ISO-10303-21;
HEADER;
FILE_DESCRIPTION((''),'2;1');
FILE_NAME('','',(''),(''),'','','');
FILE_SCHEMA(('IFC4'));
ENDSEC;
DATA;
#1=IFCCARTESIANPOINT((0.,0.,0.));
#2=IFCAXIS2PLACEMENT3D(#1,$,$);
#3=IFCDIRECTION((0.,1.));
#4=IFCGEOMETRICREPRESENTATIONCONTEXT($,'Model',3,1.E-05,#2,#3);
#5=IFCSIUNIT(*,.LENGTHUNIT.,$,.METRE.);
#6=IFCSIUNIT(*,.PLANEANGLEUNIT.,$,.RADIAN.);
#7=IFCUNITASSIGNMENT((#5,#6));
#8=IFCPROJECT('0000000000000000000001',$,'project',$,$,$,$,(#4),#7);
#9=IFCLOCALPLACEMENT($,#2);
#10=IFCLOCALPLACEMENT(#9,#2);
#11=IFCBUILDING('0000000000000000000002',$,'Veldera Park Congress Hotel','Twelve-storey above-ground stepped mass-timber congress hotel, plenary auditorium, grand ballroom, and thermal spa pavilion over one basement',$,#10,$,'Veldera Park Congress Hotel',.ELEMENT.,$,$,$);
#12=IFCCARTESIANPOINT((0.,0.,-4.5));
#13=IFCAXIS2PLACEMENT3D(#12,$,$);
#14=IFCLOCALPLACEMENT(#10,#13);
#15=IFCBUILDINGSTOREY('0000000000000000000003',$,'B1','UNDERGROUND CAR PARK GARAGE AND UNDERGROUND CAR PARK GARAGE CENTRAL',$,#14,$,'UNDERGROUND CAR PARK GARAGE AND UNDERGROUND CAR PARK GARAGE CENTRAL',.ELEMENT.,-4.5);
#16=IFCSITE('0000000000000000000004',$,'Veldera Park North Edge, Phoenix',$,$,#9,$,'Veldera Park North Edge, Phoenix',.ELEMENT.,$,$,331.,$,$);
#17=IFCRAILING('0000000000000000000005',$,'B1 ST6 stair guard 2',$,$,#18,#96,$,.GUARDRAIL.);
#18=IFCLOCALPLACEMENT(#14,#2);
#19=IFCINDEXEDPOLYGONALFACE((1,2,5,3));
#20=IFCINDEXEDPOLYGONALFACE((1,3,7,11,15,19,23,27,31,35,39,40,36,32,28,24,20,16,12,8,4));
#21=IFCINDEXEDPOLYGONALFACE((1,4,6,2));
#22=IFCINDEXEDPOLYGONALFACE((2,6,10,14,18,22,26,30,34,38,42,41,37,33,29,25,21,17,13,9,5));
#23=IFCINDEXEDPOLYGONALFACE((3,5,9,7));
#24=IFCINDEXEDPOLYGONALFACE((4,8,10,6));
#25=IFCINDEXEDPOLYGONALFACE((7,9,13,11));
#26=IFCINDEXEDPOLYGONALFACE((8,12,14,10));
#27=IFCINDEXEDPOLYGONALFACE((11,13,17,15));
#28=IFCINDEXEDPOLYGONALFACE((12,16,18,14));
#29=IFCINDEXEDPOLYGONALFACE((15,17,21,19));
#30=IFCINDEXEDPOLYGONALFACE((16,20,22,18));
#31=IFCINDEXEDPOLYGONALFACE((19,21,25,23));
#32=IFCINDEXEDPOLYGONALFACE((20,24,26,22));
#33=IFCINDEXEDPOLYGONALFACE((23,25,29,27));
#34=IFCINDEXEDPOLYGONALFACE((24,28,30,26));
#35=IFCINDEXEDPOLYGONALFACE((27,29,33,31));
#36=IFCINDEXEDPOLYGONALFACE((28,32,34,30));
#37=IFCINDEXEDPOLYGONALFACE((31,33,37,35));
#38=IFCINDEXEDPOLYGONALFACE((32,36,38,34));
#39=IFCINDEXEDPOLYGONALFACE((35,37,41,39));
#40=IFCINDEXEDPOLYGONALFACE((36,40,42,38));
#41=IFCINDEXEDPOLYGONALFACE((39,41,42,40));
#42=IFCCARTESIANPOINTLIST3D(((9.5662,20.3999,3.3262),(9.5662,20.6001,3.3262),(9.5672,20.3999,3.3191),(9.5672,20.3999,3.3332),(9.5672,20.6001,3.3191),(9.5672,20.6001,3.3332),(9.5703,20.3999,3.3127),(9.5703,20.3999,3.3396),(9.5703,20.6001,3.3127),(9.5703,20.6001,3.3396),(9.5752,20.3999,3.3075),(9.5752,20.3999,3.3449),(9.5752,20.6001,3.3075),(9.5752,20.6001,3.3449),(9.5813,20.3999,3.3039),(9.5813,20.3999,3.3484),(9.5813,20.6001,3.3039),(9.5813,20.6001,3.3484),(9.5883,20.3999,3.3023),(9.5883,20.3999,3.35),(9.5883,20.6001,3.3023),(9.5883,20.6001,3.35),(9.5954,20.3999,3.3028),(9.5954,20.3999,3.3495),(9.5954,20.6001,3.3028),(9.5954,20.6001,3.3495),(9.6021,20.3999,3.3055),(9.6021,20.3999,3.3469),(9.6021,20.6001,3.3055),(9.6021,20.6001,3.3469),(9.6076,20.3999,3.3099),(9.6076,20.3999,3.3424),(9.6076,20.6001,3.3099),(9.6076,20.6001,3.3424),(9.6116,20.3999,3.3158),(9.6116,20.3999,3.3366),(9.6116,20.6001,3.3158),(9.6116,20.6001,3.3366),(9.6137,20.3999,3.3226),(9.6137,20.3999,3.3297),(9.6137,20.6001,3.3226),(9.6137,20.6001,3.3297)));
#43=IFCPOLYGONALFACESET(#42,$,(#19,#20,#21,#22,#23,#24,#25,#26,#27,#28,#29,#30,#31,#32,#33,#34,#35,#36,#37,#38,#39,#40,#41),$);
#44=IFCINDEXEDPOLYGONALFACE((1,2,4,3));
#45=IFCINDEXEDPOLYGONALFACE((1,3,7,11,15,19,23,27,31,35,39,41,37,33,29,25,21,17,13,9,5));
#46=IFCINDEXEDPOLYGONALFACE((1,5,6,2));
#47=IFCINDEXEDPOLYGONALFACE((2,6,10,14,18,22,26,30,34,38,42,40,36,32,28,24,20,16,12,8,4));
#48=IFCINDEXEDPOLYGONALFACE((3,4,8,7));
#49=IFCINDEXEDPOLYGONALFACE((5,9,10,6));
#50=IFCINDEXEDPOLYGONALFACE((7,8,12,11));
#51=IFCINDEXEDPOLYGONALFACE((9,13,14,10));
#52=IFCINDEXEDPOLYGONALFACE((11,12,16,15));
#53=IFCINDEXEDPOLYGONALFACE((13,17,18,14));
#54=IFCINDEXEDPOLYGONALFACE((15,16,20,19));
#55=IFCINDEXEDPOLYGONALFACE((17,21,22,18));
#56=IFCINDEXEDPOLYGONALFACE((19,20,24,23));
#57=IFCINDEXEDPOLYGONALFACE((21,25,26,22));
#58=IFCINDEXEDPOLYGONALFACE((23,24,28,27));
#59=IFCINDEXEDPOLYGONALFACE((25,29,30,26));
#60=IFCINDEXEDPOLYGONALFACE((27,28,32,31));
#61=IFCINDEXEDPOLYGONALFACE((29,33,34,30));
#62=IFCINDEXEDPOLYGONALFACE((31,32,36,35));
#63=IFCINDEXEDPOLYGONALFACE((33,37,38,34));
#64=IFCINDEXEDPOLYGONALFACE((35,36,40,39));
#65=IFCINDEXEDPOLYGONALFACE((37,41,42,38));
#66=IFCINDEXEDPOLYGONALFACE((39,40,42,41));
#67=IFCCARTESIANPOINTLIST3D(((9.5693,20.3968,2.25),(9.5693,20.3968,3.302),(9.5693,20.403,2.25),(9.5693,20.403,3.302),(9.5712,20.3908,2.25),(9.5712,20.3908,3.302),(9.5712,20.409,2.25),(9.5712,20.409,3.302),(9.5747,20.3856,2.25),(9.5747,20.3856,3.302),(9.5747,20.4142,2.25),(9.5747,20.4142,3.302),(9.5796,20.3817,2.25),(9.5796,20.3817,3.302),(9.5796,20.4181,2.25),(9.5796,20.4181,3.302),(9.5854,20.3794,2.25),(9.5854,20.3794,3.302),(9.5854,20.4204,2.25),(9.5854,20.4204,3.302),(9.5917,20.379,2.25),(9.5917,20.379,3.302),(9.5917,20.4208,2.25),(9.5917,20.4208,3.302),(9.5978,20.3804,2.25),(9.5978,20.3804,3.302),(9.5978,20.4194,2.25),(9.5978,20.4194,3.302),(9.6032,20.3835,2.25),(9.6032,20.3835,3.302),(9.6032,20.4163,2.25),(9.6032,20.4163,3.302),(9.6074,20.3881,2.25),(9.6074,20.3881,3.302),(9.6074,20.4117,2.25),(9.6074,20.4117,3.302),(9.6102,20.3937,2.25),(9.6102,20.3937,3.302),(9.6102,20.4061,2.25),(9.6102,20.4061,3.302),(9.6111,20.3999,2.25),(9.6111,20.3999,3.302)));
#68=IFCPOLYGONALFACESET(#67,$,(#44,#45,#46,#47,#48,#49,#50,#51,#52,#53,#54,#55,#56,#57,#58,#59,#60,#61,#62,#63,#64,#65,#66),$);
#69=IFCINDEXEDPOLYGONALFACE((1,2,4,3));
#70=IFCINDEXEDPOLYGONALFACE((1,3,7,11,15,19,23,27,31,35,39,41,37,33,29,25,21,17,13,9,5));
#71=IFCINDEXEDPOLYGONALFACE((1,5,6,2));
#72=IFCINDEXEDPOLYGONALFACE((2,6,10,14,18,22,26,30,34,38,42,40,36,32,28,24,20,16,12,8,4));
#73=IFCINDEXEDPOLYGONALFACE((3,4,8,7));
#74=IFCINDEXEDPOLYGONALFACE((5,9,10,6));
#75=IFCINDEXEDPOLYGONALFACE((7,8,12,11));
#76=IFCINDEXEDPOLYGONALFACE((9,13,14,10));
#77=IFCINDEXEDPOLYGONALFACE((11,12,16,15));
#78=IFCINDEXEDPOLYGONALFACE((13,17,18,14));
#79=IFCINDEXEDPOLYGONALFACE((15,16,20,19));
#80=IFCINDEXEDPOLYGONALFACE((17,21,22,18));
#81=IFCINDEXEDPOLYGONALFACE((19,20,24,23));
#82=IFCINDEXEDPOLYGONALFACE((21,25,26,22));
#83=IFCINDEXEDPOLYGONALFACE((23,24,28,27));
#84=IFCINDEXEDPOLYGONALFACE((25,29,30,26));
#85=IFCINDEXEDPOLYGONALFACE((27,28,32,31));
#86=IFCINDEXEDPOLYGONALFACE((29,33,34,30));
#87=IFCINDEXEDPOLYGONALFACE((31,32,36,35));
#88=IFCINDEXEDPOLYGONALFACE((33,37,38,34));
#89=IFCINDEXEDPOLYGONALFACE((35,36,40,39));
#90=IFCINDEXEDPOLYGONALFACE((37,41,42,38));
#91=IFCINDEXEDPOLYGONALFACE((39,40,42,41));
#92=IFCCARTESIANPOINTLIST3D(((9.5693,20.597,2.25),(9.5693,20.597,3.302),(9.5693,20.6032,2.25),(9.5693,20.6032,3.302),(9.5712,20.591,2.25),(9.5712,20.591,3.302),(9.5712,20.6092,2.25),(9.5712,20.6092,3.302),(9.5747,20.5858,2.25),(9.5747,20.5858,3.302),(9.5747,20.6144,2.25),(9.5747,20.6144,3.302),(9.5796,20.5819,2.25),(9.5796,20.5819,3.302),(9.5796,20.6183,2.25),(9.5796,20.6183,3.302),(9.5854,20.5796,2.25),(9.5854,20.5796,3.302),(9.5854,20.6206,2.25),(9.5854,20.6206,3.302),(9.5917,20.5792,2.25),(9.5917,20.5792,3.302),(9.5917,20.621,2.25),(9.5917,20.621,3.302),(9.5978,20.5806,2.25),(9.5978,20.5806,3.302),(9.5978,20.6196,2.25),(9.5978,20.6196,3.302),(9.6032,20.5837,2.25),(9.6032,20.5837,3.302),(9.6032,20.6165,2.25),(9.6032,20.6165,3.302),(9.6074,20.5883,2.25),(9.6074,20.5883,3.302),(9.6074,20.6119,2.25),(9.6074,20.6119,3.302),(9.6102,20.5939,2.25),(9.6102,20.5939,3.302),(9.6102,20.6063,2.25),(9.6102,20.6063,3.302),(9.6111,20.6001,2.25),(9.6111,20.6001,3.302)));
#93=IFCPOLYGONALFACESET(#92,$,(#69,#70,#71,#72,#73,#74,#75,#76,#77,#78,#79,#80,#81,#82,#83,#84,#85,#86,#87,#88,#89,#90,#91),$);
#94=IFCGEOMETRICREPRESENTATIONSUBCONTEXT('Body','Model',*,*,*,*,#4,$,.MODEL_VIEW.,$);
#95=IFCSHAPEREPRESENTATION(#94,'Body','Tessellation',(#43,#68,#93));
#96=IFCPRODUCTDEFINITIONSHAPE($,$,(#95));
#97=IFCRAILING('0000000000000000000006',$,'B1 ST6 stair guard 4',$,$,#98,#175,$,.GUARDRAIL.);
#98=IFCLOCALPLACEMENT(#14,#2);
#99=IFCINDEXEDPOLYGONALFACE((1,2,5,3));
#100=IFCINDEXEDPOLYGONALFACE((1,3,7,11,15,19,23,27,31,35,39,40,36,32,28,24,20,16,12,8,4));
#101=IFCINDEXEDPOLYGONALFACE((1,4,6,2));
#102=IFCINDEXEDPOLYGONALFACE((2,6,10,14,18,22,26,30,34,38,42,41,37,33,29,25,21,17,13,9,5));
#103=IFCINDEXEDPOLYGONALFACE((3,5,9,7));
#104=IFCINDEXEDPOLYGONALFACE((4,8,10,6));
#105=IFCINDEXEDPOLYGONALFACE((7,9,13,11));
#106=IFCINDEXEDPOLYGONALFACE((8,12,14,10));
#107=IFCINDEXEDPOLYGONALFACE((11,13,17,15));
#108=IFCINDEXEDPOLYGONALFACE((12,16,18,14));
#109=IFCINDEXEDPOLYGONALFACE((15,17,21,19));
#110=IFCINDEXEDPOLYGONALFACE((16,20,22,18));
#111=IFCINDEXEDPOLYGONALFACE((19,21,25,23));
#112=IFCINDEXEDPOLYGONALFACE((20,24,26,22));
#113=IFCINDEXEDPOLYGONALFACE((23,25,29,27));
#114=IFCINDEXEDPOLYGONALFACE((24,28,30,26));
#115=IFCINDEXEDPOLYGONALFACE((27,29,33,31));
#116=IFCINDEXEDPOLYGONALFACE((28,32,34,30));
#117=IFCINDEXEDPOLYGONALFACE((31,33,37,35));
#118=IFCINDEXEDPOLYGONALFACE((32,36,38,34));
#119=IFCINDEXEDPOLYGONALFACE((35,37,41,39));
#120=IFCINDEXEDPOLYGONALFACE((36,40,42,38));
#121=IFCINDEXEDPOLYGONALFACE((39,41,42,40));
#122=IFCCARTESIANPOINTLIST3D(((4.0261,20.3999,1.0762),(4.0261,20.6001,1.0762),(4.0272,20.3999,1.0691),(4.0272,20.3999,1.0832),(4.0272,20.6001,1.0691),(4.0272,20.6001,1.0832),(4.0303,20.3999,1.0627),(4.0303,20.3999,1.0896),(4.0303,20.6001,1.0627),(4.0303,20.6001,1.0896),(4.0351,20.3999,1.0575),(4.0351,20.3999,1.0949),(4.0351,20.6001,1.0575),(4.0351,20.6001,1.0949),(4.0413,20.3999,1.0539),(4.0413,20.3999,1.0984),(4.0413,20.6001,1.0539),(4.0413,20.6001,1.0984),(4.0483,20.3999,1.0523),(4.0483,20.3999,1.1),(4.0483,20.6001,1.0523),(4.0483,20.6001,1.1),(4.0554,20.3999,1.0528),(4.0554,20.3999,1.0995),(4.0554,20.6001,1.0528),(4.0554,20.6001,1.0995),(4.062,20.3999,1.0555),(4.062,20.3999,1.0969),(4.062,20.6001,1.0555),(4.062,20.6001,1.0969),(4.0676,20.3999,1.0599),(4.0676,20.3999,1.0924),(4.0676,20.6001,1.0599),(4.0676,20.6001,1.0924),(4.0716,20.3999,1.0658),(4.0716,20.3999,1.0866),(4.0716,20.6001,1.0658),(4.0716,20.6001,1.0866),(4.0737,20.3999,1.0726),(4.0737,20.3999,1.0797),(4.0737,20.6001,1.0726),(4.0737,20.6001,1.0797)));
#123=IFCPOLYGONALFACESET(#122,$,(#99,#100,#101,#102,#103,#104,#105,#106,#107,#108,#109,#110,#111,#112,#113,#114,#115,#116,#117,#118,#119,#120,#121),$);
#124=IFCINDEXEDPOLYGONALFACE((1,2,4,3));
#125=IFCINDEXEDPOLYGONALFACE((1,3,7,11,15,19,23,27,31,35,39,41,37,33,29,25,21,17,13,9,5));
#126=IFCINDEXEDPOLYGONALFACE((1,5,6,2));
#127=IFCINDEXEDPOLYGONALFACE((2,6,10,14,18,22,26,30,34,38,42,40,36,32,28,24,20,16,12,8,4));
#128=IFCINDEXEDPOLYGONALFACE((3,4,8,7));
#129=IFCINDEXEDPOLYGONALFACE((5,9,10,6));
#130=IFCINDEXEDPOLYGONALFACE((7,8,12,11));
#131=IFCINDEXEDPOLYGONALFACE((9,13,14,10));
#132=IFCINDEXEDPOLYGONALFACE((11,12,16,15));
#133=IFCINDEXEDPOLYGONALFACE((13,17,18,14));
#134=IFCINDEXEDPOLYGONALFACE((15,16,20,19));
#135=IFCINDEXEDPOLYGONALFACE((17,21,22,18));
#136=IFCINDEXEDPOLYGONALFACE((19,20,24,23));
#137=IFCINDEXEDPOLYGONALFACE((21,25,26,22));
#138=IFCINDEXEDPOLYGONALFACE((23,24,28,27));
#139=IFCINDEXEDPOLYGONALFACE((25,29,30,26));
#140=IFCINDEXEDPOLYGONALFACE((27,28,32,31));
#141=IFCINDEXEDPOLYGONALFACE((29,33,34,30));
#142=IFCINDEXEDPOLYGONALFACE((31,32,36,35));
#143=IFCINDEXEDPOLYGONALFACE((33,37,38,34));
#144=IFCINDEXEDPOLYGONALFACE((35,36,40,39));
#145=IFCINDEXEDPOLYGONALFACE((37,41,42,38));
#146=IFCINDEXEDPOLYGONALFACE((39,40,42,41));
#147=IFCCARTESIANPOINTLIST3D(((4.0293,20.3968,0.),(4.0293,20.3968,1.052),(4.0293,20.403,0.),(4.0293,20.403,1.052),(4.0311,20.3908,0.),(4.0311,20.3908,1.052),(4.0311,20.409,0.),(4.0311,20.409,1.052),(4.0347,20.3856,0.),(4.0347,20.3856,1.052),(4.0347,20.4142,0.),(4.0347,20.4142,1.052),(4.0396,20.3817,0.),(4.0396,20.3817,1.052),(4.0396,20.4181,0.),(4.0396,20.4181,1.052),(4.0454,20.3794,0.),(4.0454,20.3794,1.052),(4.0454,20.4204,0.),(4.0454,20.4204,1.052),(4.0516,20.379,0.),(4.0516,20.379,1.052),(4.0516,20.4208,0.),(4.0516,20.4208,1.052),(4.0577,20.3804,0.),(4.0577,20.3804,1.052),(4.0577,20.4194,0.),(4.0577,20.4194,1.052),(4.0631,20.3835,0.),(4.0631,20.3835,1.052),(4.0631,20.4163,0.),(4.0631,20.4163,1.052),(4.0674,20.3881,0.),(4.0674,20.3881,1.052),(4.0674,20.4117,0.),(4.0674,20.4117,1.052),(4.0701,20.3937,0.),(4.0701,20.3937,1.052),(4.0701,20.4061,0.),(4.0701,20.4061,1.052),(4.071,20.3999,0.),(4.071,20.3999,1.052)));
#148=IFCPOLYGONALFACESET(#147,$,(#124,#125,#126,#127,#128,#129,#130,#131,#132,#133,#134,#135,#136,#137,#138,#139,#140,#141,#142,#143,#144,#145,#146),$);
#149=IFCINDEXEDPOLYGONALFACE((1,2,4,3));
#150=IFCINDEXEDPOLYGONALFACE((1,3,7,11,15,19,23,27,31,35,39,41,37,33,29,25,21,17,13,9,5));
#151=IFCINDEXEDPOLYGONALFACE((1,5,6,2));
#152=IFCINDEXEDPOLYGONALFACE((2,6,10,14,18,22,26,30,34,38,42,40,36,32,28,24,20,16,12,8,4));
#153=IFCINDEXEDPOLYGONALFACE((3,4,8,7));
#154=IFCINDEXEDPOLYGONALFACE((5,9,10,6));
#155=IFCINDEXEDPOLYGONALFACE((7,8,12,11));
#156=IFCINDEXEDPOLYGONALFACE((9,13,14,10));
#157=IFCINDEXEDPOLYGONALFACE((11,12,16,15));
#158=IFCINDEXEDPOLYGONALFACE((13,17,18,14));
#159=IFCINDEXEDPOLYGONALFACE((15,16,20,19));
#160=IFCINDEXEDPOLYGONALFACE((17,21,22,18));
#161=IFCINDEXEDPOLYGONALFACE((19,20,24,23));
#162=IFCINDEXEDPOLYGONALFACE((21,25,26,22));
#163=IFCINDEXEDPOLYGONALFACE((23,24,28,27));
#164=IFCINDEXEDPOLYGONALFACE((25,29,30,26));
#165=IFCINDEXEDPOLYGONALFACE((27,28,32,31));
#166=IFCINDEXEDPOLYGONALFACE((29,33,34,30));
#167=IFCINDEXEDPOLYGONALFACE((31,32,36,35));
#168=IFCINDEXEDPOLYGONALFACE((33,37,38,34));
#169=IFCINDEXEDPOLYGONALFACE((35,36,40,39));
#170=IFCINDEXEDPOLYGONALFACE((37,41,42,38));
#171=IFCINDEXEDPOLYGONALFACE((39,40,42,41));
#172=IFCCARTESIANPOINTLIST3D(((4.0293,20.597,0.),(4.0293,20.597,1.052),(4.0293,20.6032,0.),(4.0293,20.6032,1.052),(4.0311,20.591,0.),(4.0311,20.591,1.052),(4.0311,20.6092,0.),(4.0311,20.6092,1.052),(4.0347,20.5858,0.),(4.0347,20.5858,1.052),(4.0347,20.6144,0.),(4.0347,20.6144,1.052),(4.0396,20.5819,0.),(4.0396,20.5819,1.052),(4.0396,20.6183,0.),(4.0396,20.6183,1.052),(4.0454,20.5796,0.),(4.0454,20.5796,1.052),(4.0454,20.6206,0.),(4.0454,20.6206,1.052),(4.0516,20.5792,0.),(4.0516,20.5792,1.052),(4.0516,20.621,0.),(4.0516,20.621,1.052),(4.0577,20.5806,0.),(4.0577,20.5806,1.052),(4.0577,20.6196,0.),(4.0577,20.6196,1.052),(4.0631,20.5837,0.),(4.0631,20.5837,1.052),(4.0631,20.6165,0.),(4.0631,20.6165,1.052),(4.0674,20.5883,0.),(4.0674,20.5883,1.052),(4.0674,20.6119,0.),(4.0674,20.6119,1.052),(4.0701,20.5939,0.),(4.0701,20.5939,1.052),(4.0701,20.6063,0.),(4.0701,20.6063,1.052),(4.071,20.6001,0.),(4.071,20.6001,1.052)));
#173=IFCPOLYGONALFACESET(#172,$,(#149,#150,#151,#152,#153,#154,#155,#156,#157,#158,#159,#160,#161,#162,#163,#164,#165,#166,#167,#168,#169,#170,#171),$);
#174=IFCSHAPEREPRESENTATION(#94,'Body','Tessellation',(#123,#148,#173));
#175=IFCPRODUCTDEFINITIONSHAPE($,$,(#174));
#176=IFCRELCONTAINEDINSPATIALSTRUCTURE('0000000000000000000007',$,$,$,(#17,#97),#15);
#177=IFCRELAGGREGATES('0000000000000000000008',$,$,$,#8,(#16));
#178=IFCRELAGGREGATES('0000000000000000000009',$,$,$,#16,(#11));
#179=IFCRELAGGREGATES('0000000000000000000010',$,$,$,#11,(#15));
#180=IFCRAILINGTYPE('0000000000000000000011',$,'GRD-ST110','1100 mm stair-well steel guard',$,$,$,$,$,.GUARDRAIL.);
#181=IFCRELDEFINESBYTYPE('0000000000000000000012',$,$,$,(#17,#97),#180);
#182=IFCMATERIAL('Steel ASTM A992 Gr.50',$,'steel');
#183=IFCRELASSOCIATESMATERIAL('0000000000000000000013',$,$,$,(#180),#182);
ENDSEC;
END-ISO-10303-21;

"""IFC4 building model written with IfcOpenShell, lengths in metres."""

from ifc_helpers import new_model, si_unit, direction, frame, origin, origin_2d, place, context, subcontext, project, spatial, circle, extrude, material, type_object, element, save


model = new_model("IFC4")

# Units and contexts
model_context = context("Model", 3, precision=1e-05, world=origin(), true_north=direction((0.0, 1.0)))
body_context = subcontext(model_context, "Body", "Model", "MODEL_VIEW")
ifc_project = project(units=[si_unit("LENGTHUNIT", "METRE"), si_unit("PLANEANGLEUNIT", "RADIAN")], contexts=[model_context])

# Site, building, storey
site_placement = place(None, origin())
site = spatial("IfcSite", under=ifc_project, at=site_placement, Name="Veldera Park North Edge, Phoenix", LongName="Veldera Park North Edge, Phoenix", CompositionType="ELEMENT", RefElevation=331.0)
building_placement = place(site_placement, origin())
building = spatial("IfcBuilding", under=site, at=building_placement, Name="Veldera Park Congress Hotel", Description="Twelve-storey above-ground stepped mass-timber congress hotel, plenary auditorium, grand ballroom, and thermal spa pavilion over one basement", LongName="Veldera Park Congress Hotel", CompositionType="ELEMENT")
storey_placement = place(building_placement, frame((0.0, 0.0, -4.5)))
storey = spatial("IfcBuildingStorey", under=building, at=storey_placement, Name="B1", Description="UNDERGROUND CAR PARK GARAGE AND UNDERGROUND CAR PARK GARAGE CENTRAL", LongName="UNDERGROUND CAR PARK GARAGE AND UNDERGROUND CAR PARK GARAGE CENTRAL", CompositionType="ELEMENT", Elevation=-4.5)

# Railings
ifc_material_1 = material(Name="Steel ASTM A992 Gr.50", Category="steel")
railing_type_1 = type_object("IfcRailingType", Name="GRD-ST110", Description="1100 mm stair-well steel guard", PredefinedType="GUARDRAIL", material=ifc_material_1)
for number, where, name in (
    (1, (9.5901, 20.3999, 2.25), "B1 ST6 stair guard 2"),
    (2, (4.05, 20.3999, 0.0), "B1 ST6 stair guard 4"),
):
    element("IfcRailing", number, at=place(storey_placement, frame(where)), inside=storey, type_object=railing_type_1, Name=name, PredefinedType="GUARDRAIL", context=body_context, shape_type="SweptSolid", body=[
        extrude(circle(Radius=0.0239, at=origin_2d()), frame((0.0, 0.0, 1.0762), z_axis=(0.0, 1.0, 0.0), x_axis=(-1.0, 0.0, 0.0)), (0.0, 0.0, 1.0), 0.2002),
        extrude(circle(Radius=0.021, at=origin_2d()), origin(), (0.0, 0.0, 1.0), 1.052),
        extrude(circle(Radius=0.021, at=origin_2d()), frame((0.0, 0.2002, 0.0)), (0.0, 0.0, 1.0), 1.052),
    ])

save(model, "model.ifc")
